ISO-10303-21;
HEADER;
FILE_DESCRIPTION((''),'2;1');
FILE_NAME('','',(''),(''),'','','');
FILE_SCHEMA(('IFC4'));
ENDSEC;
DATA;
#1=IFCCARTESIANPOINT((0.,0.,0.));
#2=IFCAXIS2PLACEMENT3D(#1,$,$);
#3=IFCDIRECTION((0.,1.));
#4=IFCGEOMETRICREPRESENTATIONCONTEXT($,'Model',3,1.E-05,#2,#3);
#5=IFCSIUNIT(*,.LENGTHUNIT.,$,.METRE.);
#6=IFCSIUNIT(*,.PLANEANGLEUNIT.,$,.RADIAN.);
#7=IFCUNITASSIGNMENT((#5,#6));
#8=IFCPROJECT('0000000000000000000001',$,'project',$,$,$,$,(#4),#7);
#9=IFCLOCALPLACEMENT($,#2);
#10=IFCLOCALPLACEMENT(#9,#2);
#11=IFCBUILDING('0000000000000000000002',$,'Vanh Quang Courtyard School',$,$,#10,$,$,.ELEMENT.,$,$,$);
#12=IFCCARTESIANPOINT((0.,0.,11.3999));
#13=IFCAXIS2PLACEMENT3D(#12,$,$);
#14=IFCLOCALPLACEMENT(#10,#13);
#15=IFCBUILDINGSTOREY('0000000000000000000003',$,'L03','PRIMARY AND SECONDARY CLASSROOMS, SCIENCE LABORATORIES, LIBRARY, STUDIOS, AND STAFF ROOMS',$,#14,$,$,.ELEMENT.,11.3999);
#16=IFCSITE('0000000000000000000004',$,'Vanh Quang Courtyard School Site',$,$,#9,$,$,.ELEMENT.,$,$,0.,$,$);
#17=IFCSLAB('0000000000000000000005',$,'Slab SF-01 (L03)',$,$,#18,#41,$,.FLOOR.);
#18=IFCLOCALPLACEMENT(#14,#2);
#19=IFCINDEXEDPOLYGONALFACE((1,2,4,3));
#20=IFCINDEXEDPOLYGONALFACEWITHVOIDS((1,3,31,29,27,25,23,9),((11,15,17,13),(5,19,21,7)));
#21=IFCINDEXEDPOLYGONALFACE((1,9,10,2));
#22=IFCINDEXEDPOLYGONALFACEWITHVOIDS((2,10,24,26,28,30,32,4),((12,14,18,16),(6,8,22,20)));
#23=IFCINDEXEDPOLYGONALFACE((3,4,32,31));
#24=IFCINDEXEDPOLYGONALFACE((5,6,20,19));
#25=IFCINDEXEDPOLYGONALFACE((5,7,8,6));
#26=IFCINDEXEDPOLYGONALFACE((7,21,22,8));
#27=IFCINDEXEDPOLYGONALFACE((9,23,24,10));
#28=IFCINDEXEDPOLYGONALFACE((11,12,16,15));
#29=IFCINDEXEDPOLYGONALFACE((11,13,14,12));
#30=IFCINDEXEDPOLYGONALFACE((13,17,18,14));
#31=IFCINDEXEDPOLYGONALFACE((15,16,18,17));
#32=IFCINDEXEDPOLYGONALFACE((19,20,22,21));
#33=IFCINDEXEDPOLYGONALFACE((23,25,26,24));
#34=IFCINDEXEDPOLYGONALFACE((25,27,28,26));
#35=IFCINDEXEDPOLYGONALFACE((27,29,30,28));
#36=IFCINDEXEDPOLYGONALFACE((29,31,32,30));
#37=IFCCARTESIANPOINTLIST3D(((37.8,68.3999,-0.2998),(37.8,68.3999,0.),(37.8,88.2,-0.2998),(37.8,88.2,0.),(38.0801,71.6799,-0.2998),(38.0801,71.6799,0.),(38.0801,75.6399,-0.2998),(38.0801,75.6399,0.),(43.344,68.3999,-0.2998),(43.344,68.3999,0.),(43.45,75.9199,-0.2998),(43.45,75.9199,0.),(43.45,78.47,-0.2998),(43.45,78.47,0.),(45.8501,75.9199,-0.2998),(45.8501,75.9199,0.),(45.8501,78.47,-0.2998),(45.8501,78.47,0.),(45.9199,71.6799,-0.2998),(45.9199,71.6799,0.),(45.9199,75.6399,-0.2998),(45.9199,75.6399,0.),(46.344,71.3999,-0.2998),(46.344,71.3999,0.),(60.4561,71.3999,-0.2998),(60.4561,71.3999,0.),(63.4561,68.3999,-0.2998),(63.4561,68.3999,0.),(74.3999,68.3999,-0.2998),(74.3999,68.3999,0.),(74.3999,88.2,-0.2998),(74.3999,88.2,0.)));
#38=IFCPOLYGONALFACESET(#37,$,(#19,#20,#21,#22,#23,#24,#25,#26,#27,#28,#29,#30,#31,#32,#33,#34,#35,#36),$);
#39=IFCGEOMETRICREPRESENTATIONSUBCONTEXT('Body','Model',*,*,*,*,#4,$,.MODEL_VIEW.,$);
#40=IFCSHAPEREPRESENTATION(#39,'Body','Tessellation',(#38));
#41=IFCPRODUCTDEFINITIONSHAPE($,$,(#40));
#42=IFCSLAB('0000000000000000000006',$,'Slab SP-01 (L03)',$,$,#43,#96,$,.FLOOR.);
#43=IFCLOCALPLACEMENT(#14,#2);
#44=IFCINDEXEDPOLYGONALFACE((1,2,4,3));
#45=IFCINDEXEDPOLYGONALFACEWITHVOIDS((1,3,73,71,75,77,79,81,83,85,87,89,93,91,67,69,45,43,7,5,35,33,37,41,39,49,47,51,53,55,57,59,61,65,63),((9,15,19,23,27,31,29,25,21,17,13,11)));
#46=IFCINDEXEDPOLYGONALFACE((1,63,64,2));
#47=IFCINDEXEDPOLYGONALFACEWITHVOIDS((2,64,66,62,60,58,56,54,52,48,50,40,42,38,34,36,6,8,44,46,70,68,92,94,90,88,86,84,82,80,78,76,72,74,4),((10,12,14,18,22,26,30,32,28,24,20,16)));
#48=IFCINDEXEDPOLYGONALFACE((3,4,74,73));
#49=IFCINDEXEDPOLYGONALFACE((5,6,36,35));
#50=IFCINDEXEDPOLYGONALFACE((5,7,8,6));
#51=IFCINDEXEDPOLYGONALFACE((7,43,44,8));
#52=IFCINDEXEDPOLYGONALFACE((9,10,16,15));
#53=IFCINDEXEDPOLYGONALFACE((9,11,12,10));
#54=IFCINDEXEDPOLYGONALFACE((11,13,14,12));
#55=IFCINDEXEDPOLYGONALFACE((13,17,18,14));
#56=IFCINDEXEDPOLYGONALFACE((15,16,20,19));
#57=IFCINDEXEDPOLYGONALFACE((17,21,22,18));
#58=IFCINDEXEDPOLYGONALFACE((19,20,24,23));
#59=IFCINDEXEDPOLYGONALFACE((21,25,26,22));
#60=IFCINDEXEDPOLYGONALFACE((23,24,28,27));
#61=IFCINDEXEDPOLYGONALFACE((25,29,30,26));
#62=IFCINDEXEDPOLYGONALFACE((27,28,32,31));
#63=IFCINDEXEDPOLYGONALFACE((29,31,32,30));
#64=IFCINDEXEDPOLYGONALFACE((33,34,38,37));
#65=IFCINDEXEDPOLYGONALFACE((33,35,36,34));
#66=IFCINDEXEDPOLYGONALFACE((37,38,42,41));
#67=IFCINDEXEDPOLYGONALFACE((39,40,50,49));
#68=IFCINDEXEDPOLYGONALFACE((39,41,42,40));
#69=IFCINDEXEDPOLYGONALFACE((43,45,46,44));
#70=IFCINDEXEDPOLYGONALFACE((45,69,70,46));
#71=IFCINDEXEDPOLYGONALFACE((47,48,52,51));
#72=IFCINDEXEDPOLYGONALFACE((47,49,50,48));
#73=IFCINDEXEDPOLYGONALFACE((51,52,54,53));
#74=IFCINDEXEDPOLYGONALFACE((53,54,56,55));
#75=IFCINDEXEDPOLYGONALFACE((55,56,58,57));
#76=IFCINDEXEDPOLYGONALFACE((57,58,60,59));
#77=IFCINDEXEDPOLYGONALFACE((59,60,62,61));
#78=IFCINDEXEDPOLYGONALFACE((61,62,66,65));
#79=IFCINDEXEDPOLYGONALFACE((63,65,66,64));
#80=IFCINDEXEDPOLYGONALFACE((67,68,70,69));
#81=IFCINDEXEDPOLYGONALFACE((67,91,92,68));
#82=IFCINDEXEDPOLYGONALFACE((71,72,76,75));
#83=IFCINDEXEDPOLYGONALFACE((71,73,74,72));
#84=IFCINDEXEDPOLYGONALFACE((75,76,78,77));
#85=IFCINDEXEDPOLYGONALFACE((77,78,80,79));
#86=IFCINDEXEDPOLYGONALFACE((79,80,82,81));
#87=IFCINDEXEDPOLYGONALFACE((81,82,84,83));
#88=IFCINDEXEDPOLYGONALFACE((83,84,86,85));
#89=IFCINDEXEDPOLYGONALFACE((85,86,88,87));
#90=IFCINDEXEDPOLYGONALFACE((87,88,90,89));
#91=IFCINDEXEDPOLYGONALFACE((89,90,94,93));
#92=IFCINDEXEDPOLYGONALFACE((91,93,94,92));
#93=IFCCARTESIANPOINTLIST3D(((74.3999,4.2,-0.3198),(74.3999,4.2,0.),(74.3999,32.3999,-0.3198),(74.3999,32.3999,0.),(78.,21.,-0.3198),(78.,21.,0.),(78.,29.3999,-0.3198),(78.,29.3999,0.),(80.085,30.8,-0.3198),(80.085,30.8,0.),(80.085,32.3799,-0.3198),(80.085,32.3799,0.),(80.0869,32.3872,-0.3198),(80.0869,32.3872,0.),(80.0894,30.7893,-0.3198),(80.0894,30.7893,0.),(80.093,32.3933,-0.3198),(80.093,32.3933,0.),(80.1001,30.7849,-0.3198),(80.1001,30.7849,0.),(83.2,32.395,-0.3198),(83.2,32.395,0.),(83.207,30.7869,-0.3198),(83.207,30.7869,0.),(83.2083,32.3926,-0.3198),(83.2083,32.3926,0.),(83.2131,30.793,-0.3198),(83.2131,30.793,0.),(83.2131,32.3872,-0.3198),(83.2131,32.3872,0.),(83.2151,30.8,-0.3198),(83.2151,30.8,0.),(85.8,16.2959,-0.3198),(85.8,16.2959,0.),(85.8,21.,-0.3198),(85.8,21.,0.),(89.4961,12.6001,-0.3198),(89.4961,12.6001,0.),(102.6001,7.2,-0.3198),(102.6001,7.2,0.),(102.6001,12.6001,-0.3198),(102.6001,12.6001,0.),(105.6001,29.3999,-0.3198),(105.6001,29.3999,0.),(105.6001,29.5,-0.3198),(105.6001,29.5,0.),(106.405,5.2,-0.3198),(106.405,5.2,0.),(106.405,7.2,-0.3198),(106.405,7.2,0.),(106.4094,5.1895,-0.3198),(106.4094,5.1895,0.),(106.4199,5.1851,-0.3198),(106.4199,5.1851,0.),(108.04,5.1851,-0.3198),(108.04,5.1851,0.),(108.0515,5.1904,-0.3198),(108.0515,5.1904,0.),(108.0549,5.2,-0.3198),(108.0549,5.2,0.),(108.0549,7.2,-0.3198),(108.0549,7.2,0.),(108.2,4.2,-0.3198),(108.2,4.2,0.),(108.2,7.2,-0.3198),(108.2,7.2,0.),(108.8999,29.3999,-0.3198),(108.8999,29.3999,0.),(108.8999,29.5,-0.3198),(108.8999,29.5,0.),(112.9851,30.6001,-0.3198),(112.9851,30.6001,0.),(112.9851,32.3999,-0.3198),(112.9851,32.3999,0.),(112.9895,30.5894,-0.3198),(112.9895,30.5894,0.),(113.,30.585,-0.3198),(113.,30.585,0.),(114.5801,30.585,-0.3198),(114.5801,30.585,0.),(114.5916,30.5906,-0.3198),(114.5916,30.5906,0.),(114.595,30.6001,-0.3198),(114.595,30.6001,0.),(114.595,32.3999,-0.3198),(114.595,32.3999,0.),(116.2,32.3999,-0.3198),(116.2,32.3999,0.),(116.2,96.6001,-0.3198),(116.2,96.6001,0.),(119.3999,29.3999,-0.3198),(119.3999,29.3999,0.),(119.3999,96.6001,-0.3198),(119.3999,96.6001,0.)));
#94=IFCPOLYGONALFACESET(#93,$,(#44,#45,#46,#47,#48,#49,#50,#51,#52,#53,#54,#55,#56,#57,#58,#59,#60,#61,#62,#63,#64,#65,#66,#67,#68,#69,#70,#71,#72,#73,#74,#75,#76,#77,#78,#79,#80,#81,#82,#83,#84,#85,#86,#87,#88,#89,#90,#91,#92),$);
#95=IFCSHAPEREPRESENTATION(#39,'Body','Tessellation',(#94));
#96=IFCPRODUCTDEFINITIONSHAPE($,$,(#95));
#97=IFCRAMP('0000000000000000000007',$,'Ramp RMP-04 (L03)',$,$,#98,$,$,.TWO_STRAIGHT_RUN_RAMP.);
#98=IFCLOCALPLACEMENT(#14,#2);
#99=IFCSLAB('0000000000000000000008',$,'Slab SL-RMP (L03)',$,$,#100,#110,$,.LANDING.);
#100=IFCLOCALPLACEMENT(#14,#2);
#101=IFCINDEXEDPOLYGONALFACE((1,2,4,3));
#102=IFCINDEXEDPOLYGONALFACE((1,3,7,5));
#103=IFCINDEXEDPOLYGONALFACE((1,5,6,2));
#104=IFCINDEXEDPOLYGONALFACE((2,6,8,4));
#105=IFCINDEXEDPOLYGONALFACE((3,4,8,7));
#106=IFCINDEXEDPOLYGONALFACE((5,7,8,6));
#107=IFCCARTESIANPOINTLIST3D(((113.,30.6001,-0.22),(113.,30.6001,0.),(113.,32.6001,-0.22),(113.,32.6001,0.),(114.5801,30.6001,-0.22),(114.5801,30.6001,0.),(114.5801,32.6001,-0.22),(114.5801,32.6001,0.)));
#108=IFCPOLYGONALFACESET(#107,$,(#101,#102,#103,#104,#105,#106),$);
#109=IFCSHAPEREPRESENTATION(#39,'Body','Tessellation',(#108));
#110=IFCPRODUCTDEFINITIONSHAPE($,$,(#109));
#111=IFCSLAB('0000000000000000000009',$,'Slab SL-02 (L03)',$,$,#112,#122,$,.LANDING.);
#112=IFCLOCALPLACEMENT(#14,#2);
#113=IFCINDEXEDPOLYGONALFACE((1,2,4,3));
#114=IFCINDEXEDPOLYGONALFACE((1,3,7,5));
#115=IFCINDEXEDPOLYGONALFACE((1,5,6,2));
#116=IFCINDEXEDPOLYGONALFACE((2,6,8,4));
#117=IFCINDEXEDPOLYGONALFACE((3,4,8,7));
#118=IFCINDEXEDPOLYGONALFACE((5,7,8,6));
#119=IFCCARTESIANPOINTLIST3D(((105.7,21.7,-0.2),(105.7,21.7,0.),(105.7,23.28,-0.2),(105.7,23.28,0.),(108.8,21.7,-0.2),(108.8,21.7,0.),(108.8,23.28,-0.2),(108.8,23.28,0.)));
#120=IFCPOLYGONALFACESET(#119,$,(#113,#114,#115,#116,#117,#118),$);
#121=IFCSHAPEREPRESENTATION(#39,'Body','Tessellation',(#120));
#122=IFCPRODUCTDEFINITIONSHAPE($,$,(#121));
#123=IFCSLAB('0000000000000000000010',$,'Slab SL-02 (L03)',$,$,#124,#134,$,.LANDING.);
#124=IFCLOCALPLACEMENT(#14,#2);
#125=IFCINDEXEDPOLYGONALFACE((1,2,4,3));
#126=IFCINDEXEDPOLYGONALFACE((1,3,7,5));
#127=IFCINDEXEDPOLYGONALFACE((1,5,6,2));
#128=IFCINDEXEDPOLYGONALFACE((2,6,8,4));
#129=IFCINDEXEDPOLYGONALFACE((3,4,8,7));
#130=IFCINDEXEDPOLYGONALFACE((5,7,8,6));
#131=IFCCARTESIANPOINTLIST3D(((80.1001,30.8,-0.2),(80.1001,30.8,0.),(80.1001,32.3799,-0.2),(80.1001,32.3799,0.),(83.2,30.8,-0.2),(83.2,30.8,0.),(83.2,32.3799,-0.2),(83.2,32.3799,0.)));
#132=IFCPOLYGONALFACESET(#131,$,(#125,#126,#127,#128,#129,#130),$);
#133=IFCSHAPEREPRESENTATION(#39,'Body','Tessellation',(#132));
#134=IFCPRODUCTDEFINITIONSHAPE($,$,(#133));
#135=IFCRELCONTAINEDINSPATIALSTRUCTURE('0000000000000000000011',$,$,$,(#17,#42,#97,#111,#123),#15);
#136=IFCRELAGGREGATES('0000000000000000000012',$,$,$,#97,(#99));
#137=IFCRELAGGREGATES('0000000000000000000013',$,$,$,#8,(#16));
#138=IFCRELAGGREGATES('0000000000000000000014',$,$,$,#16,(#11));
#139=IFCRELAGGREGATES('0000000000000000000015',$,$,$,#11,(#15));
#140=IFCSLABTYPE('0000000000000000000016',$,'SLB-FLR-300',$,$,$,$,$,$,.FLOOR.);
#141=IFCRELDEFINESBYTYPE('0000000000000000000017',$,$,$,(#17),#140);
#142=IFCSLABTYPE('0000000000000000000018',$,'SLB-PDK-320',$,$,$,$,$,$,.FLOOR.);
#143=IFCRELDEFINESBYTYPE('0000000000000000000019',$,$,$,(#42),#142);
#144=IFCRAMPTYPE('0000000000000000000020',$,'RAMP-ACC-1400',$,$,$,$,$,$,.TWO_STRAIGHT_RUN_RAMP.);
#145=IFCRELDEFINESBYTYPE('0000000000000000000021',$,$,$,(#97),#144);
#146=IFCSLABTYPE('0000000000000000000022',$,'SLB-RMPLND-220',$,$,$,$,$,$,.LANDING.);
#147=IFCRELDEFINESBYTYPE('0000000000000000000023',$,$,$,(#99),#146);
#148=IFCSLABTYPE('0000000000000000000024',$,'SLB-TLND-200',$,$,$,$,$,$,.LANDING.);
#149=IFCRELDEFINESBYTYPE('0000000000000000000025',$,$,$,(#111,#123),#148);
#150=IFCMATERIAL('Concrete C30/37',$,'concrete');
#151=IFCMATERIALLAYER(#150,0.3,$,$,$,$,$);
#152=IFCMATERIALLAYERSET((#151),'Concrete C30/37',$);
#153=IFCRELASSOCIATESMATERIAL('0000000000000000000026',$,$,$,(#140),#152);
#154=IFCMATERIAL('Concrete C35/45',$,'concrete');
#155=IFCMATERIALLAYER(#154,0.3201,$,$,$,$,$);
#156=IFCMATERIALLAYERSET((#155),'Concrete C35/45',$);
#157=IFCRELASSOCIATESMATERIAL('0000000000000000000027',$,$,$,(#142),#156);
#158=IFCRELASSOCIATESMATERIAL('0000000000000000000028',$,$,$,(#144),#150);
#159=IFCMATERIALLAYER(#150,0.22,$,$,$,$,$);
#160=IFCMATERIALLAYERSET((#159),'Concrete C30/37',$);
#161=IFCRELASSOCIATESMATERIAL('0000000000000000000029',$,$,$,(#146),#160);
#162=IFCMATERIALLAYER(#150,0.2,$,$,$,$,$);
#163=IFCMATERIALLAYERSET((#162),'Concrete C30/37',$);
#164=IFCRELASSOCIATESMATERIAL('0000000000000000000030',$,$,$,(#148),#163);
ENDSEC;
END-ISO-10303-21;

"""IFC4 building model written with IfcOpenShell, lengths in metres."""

from ifc_helpers import new_model, si_unit, direction, frame, origin, place, context, subcontext, project, spatial, polyline, outline, extrude, material, layer, layer_set, type_object, element, aggregate, save


model = new_model("IFC4")

# Units and contexts
model_context = context("Model", 3, precision=1e-05, world=origin(), true_north=direction((0.0, 1.0)))
body_context = subcontext(model_context, "Body", "Model", "MODEL_VIEW")
ifc_project = project(units=[si_unit("LENGTHUNIT", "METRE"), si_unit("PLANEANGLEUNIT", "RADIAN")], contexts=[model_context])

# Site, building, storey
site_placement = place(None, origin())
site = spatial("IfcSite", under=ifc_project, at=site_placement, Name="Vanh Quang Courtyard School Site", CompositionType="ELEMENT", RefElevation=0.0)
building_placement = place(site_placement, origin())
building = spatial("IfcBuilding", under=site, at=building_placement, Name="Vanh Quang Courtyard School", CompositionType="ELEMENT")
storey_placement = place(building_placement, frame((0.0, 0.0, 11.3999)))
storey = spatial("IfcBuildingStorey", under=building, at=storey_placement, Name="L03", Description="PRIMARY AND SECONDARY CLASSROOMS, SCIENCE LABORATORIES, LIBRARY, STUDIOS, AND STAFF ROOMS", CompositionType="ELEMENT", Elevation=11.3999)

# Slabs
ifc_material_1 = material(Name="Concrete C30/37", Category="concrete")
ifc_layer_1 = layer(ifc_material_1, 0.3)
ifc_layer_set_1 = layer_set([ifc_layer_1], Name="Concrete C30/37")
slab_type_1 = type_object("IfcSlabType", Name="SLB-FLR-300", PredefinedType="FLOOR", material=ifc_layer_set_1)
slab_1_placement = place(storey_placement, frame((0.0, 0.0, -0.2998)))
element("IfcSlab", 1, at=slab_1_placement, inside=storey, type_object=slab_type_1, Name="Slab SF-01 (L03)", PredefinedType="FLOOR", context=body_context, shape_type="SweptSolid", body=[
    extrude(outline(polyline([(43.344, 68.3999), (46.344, 71.3999), (60.4561, 71.3999), (63.4561, 68.3999), (74.3999, 68.3999), (74.3999, 88.2), (37.8, 88.2), (37.8, 68.3999), (43.344, 68.3999)]), holes=[polyline([(45.9199, 71.6799), (38.0801, 71.6799), (38.0801, 75.6399), (45.9199, 75.6399), (45.9199, 71.6799)]), polyline([(45.8501, 75.9199), (43.45, 75.9199), (43.45, 78.47), (45.8501, 78.47), (45.8501, 75.9199)])]), origin(), (0.0, 0.0, 1.0), 0.2998),
])
ifc_material_2 = material(Name="Concrete C35/45", Category="concrete")
ifc_layer_2 = layer(ifc_material_2, 0.3201)
ifc_layer_set_2 = layer_set([ifc_layer_2], Name="Concrete C35/45")
slab_type_2 = type_object("IfcSlabType", Name="SLB-PDK-320", PredefinedType="FLOOR", material=ifc_layer_set_2)
slab_2_placement = place(storey_placement, frame((0.0, 0.0, -0.3198)))
element("IfcSlab", 2, at=slab_2_placement, inside=storey, type_object=slab_type_2, Name="Slab SP-01 (L03)", PredefinedType="FLOOR", context=body_context, shape_type="SweptSolid", body=[
    extrude(outline(polyline([(108.2, 4.2), (108.2, 7.2), (108.0549, 7.2), (108.0549, 5.2), (108.0515, 5.1904), (108.04, 5.1851), (106.4199, 5.1851), (106.4094, 5.1895), (106.405, 5.2), (106.405, 7.2), (102.6001, 7.2), (102.6001, 12.6001), (89.4961, 12.6001), (85.8, 16.2959), (85.8, 21.0), (78.0, 21.0), (78.0, 29.3999), (105.6001, 29.3999), (105.6001, 29.5), (108.8999, 29.5), (108.8999, 29.3999), (119.3999, 29.3999), (119.3999, 96.6001), (116.2, 96.6001), (116.2, 32.3999), (114.595, 32.3999), (114.595, 30.6001), (114.5916, 30.5906), (114.5801, 30.585), (113.0, 30.585), (112.9895, 30.5894), (112.9851, 30.6001), (112.9851, 32.3999), (74.3999, 32.3999), (74.3999, 4.2), (108.2, 4.2)]), holes=[polyline([(80.0894, 30.7893), (80.085, 30.8), (80.085, 32.3799), (80.0869, 32.3872), (80.093, 32.3933), (83.2, 32.395), (83.2083, 32.3926), (83.2131, 32.3872), (83.2151, 30.8), (83.2131, 30.793), (83.207, 30.7869), (80.1001, 30.7849), (80.0894, 30.7893)])]), origin(), (0.0, 0.0, 1.0), 0.3198),
])

# Ramp, slab
ramp_type = type_object("IfcRampType", Name="RAMP-ACC-1400", PredefinedType="TWO_STRAIGHT_RUN_RAMP", material=ifc_material_1)
ramp_placement = place(storey_placement, origin())
ramp = element("IfcRamp", 3, at=ramp_placement, inside=storey, type_object=ramp_type, Name="Ramp RMP-04 (L03)", PredefinedType="TWO_STRAIGHT_RUN_RAMP")
ifc_layer_3 = layer(ifc_material_1, 0.22)
ifc_layer_set_3 = layer_set([ifc_layer_3], Name="Concrete C30/37")
slab_type_3 = type_object("IfcSlabType", Name="SLB-RMPLND-220", PredefinedType="LANDING", material=ifc_layer_set_3)
slab_3_placement = place(storey_placement, frame((0.0, 0.0, -0.22)))
slab_3 = element("IfcSlab", 4, at=slab_3_placement, type_object=slab_type_3, Name="Slab SL-RMP (L03)", PredefinedType="LANDING", context=body_context, shape_type="SweptSolid", body=[
    extrude(outline(polyline([(114.5801, 30.6001), (114.5801, 32.6001), (113.0, 32.6001), (113.0, 30.6001), (114.5801, 30.6001)])), origin(), (0.0, 0.0, 1.0), 0.22),
])
aggregate(ramp, [slab_3])

# Slabs
ifc_layer_4 = layer(ifc_material_1, 0.2)
ifc_layer_set_4 = layer_set([ifc_layer_4], Name="Concrete C30/37")
slab_type_4 = type_object("IfcSlabType", Name="SLB-TLND-200", PredefinedType="LANDING", material=ifc_layer_set_4)
slab_4_placement = place(storey_placement, frame((0.0, 0.0, -0.2)))
element("IfcSlab", 5, at=slab_4_placement, inside=storey, type_object=slab_type_4, Name="Slab SL-02 (L03)", PredefinedType="LANDING", context=body_context, shape_type="SweptSolid", body=[
    extrude(outline(polyline([(105.7, 21.7), (108.8, 21.7), (108.8, 23.28), (105.7, 23.28), (105.7, 21.7)])), origin(), (0.0, 0.0, 1.0), 0.2),
])
slab_5_placement = place(storey_placement, frame((0.0, 0.0, -0.2)))
element("IfcSlab", 6, at=slab_5_placement, inside=storey, type_object=slab_type_4, Name="Slab SL-02 (L03)", PredefinedType="LANDING", context=body_context, shape_type="SweptSolid", body=[
    extrude(outline(polyline([(80.1001, 30.8), (83.2, 30.8), (83.2, 32.3799), (80.1001, 32.3799), (80.1001, 30.8)])), origin(), (0.0, 0.0, 1.0), 0.2),
])

save(model, "model.ifc")
